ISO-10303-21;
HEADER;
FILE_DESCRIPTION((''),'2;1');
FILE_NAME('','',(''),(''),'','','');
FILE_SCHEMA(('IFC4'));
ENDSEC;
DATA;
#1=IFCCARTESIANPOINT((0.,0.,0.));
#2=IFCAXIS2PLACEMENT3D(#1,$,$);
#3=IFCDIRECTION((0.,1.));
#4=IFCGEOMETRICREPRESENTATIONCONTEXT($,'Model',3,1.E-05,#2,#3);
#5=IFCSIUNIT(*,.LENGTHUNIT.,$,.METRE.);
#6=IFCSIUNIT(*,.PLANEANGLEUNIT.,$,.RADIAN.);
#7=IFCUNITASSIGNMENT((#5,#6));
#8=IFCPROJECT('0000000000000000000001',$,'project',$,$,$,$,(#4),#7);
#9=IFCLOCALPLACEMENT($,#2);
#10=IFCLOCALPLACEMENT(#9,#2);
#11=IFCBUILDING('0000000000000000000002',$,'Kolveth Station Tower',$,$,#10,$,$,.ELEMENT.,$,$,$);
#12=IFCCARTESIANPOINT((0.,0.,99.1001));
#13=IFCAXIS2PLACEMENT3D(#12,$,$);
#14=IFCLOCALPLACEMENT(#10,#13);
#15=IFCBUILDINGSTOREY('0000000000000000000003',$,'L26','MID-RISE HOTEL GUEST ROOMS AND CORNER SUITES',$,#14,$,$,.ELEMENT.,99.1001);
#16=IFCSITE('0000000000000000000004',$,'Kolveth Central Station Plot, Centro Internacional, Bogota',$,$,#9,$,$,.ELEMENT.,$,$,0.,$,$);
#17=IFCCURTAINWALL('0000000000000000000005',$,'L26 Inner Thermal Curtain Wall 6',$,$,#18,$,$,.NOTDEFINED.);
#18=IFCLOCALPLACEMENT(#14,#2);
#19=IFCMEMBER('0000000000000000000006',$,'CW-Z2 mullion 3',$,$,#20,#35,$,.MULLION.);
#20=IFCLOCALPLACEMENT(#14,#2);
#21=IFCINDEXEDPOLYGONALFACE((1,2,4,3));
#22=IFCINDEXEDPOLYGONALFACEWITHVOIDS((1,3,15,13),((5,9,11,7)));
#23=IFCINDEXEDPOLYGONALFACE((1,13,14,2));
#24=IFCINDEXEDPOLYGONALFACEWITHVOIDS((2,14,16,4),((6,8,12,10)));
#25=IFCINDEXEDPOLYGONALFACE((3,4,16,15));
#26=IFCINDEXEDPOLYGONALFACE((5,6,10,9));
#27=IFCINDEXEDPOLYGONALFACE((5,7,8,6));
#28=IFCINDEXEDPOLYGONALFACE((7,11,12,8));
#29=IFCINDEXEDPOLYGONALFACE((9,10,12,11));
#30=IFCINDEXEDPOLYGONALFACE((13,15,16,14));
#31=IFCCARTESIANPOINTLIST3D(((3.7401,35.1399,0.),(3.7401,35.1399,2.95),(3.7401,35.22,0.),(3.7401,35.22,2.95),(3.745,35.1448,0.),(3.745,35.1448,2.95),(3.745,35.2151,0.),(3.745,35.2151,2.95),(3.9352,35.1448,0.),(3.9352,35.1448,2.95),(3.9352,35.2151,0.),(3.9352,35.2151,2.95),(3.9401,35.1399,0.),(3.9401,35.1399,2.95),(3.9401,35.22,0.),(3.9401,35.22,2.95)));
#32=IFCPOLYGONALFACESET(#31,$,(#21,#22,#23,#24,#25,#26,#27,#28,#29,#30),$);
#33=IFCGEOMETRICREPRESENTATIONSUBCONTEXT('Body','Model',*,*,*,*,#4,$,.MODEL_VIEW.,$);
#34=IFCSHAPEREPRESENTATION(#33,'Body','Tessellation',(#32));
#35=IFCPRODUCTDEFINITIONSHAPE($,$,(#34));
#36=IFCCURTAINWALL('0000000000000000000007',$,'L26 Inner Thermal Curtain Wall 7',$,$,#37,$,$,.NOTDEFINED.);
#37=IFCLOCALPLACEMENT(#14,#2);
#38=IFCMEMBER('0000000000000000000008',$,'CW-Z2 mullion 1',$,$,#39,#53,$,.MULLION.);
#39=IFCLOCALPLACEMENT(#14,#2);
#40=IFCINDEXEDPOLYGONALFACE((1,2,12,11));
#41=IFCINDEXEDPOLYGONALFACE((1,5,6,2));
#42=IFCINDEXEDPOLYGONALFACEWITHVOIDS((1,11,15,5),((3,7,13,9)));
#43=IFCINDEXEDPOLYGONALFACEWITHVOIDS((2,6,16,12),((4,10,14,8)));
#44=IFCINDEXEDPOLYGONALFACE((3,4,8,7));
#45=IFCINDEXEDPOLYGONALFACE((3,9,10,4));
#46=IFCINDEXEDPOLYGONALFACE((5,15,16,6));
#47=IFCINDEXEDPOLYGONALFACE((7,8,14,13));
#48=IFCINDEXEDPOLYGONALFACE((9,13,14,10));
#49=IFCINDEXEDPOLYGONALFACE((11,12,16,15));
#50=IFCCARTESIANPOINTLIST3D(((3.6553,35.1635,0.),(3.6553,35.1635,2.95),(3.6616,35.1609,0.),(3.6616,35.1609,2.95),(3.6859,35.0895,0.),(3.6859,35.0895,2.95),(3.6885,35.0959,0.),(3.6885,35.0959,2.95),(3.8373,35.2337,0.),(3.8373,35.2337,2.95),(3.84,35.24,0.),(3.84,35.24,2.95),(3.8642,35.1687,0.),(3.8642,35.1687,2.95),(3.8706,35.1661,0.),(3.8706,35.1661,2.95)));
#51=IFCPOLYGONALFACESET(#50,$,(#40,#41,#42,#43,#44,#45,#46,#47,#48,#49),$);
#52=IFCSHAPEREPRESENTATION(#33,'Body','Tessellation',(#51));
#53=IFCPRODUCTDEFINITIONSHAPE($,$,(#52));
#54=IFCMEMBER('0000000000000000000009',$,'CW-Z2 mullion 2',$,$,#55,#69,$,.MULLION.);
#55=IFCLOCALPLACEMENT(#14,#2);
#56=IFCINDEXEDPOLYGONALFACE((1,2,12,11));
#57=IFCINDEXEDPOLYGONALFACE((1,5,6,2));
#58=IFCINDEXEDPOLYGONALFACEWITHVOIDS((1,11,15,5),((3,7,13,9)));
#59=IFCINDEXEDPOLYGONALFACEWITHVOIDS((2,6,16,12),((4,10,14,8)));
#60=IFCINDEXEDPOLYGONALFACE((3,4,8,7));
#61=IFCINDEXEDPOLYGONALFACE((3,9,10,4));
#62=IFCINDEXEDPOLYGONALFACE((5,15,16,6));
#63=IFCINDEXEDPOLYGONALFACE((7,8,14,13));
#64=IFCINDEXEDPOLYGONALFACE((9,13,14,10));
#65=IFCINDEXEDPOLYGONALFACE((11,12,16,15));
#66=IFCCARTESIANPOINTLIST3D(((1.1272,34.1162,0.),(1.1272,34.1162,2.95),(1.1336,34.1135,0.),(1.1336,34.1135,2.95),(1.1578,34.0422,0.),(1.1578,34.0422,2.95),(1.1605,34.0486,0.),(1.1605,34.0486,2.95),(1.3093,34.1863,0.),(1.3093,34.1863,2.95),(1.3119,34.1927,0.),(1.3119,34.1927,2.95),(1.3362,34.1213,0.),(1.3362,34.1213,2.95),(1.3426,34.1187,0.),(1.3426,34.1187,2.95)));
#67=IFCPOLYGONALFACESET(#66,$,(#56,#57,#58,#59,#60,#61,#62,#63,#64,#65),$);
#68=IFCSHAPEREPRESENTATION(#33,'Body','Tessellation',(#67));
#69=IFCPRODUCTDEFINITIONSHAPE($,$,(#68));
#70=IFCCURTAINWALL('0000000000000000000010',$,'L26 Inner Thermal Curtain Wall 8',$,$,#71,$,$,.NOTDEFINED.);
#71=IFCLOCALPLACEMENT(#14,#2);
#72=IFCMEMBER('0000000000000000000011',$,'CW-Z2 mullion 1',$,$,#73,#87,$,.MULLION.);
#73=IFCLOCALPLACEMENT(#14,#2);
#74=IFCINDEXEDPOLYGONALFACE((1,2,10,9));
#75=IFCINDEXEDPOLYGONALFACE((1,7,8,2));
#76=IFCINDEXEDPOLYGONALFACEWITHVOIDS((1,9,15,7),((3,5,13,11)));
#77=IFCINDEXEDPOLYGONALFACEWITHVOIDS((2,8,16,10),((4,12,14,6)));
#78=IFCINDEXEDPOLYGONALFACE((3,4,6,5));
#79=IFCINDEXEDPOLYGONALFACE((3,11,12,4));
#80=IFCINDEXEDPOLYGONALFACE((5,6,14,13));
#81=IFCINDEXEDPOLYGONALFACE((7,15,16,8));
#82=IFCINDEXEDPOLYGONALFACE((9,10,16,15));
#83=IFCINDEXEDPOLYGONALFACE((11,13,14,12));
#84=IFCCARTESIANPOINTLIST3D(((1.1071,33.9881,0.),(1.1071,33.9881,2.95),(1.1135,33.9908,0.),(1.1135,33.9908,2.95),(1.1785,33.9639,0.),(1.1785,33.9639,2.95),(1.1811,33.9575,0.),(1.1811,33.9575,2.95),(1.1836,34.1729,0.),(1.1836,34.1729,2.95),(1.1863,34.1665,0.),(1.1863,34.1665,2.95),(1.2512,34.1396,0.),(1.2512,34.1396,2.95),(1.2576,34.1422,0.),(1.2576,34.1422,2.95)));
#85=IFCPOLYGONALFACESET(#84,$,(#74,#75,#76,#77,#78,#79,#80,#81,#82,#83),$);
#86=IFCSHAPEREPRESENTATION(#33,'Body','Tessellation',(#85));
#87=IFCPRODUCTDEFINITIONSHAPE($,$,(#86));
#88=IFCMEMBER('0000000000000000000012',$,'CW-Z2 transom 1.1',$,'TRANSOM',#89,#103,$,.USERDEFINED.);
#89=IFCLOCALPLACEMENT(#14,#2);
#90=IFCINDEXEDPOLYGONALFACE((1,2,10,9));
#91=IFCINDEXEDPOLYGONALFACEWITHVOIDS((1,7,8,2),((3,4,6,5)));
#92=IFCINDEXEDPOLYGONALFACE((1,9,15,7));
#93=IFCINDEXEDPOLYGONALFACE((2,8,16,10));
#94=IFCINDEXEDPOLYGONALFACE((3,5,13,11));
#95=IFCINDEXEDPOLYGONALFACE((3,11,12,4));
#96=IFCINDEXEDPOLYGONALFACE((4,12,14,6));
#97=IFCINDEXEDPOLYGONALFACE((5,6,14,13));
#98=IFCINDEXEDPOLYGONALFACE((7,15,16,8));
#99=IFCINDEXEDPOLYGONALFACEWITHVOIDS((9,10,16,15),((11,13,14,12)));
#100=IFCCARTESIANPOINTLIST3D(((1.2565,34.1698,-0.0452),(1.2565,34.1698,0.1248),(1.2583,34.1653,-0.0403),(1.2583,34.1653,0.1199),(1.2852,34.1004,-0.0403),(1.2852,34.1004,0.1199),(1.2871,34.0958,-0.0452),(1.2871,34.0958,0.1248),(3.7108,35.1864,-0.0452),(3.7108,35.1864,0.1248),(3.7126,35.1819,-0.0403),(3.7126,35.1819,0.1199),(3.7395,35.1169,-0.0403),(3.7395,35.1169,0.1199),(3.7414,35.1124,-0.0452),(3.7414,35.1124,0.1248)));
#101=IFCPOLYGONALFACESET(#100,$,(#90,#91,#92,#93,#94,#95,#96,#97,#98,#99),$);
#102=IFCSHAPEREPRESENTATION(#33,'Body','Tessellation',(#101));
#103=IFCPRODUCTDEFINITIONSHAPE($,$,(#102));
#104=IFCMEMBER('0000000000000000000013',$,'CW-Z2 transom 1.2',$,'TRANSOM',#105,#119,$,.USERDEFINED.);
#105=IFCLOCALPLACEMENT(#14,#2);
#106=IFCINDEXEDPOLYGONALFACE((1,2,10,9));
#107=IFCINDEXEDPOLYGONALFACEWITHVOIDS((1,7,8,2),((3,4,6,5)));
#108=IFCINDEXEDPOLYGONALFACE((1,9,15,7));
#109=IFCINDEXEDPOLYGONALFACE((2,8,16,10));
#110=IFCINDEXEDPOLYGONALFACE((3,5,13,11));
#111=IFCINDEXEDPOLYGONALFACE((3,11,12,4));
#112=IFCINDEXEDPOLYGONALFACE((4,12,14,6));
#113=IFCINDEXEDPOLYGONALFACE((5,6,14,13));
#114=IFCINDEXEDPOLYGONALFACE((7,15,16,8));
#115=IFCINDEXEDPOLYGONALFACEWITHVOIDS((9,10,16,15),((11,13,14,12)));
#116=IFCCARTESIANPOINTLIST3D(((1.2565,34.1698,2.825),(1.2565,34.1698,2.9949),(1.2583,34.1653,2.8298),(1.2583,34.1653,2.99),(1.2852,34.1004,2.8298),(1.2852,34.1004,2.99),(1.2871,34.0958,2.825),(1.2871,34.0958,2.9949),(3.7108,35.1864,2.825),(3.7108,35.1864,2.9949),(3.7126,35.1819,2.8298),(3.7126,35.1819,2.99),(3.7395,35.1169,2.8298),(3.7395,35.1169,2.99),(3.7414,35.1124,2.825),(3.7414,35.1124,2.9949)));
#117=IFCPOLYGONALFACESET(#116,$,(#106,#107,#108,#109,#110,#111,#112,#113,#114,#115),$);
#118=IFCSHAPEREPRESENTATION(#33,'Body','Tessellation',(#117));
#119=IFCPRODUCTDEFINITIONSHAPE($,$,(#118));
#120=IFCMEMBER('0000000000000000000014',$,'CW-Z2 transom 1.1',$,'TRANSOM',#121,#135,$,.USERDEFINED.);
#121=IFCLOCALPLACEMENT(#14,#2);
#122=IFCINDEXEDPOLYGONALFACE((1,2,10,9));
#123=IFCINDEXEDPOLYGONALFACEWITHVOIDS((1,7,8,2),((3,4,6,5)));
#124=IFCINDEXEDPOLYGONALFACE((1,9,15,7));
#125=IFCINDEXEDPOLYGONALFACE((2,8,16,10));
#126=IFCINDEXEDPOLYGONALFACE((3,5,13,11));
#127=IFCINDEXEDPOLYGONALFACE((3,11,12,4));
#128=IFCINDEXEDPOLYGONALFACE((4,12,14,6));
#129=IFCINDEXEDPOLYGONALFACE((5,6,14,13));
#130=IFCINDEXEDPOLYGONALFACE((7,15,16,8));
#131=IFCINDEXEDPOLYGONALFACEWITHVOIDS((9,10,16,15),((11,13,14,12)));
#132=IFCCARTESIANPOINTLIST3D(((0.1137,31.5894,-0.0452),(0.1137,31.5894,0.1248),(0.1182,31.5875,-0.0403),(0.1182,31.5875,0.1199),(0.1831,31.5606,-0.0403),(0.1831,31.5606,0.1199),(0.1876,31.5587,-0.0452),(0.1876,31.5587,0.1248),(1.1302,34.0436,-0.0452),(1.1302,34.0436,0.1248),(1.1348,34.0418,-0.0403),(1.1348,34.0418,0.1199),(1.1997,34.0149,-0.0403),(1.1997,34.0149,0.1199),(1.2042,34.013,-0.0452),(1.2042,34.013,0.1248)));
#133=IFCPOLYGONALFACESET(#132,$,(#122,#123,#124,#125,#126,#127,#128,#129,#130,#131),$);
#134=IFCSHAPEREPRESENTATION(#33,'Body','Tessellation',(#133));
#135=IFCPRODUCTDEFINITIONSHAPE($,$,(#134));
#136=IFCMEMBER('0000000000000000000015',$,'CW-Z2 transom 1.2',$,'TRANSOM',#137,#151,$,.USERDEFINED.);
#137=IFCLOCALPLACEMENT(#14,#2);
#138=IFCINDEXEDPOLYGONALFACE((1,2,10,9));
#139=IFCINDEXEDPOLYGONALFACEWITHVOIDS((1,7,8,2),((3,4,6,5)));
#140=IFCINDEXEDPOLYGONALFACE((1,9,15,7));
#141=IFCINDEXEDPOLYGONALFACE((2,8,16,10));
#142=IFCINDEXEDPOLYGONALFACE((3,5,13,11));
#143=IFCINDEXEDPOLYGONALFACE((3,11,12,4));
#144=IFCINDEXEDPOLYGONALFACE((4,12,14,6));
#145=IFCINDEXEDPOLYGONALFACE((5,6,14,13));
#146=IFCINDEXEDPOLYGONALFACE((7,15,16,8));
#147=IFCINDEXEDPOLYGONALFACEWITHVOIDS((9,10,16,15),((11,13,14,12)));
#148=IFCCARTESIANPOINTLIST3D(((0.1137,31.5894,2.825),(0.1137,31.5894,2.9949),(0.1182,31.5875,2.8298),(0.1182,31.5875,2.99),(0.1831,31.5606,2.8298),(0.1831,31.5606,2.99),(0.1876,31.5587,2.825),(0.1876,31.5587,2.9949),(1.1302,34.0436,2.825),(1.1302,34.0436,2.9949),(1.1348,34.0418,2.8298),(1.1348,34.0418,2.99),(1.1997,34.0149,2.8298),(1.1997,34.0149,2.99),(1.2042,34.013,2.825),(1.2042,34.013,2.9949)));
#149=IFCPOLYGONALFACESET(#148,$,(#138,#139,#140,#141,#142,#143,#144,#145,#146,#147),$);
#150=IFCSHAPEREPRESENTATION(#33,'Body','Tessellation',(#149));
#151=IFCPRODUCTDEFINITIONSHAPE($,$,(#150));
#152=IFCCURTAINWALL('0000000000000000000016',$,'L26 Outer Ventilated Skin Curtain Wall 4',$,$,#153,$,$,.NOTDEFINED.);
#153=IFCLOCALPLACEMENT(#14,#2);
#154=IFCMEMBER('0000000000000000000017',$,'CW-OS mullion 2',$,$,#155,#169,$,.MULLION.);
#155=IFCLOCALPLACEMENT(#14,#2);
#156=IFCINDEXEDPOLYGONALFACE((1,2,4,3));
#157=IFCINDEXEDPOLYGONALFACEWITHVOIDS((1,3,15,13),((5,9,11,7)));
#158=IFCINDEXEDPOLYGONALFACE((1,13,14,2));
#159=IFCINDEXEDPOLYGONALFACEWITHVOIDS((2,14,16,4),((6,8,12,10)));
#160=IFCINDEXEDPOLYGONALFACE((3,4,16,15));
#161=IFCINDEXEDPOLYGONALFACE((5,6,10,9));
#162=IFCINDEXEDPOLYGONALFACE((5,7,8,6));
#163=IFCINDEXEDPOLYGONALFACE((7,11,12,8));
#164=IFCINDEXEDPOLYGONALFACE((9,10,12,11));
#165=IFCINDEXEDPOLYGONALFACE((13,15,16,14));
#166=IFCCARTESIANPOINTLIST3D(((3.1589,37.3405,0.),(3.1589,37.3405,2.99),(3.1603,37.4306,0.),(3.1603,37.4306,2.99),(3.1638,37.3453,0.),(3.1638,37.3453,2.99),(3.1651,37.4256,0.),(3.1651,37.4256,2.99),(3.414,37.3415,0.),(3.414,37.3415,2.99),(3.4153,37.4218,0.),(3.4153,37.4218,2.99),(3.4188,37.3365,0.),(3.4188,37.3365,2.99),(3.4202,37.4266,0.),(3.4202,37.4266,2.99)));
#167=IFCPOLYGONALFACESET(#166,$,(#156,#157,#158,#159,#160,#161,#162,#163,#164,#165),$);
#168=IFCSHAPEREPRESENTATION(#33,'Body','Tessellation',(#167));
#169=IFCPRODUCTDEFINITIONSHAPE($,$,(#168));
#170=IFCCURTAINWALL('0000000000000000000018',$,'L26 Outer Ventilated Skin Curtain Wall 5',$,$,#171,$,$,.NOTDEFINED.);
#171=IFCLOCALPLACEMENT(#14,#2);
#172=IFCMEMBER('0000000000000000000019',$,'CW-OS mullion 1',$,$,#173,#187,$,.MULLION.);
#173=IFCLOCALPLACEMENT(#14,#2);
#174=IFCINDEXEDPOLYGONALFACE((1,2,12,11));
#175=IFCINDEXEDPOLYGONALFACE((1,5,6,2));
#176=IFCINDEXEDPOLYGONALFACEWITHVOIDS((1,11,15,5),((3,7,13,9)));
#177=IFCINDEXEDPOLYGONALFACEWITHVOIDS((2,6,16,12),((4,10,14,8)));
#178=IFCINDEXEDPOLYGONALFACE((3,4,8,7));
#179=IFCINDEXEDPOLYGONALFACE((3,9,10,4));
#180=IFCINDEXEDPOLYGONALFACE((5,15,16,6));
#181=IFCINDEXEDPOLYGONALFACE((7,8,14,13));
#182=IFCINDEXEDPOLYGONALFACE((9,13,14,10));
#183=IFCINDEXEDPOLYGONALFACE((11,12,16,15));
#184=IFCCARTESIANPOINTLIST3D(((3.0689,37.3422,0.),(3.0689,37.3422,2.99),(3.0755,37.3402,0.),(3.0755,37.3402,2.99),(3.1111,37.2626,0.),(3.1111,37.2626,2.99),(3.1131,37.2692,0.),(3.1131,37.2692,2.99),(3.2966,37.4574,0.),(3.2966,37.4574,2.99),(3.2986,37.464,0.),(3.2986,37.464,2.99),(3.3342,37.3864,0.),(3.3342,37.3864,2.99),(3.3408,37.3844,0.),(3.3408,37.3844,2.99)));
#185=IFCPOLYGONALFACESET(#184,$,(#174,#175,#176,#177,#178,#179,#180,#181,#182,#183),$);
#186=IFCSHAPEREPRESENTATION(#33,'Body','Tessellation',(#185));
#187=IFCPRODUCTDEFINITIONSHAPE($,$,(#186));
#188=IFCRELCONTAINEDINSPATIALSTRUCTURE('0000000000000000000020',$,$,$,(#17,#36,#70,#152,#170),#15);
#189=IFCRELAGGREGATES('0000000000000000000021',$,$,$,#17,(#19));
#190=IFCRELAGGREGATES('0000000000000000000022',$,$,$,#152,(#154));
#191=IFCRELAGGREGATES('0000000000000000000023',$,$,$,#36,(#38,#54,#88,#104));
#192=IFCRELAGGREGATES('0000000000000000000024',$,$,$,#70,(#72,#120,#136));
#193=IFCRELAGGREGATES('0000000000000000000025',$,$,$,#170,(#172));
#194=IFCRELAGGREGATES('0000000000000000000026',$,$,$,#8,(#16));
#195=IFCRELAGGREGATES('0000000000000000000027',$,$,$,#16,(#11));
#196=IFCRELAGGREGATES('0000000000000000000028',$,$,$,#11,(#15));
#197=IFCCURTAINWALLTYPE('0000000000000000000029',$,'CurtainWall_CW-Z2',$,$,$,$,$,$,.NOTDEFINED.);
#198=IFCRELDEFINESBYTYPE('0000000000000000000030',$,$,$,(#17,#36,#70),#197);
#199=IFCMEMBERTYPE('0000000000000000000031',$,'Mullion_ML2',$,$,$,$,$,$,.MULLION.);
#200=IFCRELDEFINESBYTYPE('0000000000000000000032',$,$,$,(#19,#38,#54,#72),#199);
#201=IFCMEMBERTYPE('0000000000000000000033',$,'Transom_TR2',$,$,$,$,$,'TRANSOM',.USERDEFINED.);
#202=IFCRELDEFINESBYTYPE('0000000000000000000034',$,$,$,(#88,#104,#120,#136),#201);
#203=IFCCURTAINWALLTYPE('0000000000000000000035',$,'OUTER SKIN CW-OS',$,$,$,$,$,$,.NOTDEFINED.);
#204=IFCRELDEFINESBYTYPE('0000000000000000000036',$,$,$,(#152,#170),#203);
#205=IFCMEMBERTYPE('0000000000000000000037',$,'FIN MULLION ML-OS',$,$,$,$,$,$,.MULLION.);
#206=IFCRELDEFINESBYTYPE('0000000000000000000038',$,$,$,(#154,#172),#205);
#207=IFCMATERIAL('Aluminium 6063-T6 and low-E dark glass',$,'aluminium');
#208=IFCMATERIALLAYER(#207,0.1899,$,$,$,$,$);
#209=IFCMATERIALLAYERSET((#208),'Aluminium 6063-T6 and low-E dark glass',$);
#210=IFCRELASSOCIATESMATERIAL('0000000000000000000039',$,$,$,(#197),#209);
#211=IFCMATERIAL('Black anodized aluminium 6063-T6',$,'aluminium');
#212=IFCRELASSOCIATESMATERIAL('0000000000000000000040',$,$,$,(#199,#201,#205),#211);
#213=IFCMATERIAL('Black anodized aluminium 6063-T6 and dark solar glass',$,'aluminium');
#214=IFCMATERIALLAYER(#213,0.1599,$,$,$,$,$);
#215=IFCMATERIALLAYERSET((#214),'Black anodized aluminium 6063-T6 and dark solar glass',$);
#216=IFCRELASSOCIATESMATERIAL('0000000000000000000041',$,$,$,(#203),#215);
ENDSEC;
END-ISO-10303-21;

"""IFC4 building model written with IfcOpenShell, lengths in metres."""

from ifc_helpers import new_model, si_unit, direction, frame, origin, origin_2d, place, context, subcontext, project, spatial, hollow_rectangle, extrude, source, transform, mapped, material, layer, layer_set, material_profile, profile_set, type_object, element, aggregate, save


model = new_model("IFC4")

# Units and contexts
model_context = context("Model", 3, precision=1e-05, world=origin(), true_north=direction((0.0, 1.0)))
body_context = subcontext(model_context, "Body", "Model", "MODEL_VIEW")
ifc_project = project(units=[si_unit("LENGTHUNIT", "METRE"), si_unit("PLANEANGLEUNIT", "RADIAN")], contexts=[model_context])

# Site, building, storey
site_placement = place(None, origin())
site = spatial("IfcSite", under=ifc_project, at=site_placement, Name="Kolveth Central Station Plot, Centro Internacional, Bogota", CompositionType="ELEMENT", RefElevation=0.0)
building_placement = place(site_placement, origin())
building = spatial("IfcBuilding", under=site, at=building_placement, Name="Kolveth Station Tower", CompositionType="ELEMENT")
storey_placement = place(building_placement, frame((0.0, 0.0, 99.1001)))
storey = spatial("IfcBuildingStorey", under=building, at=storey_placement, Name="L26", Description="MID-RISE HOTEL GUEST ROOMS AND CORNER SUITES", CompositionType="ELEMENT", Elevation=99.1001)

# Curtain wall, member
ifc_material_1 = material(Name="Aluminium 6063-T6 and low-E dark glass", Category="aluminium")
ifc_layer_1 = layer(ifc_material_1, 0.1899)
ifc_layer_set_1 = layer_set([ifc_layer_1], Name="Aluminium 6063-T6 and low-E dark glass")
curtain_wall_type_1 = type_object("IfcCurtainWallType", Name="CurtainWall_CW-Z2", PredefinedType="NOTDEFINED", material=ifc_layer_set_1)
curtain_wall_1_placement = place(storey_placement, origin())
curtain_wall_1 = element("IfcCurtainWall", 1, at=curtain_wall_1_placement, inside=storey, type_object=curtain_wall_type_1, Name="L26 Inner Thermal Curtain Wall 6", PredefinedType="NOTDEFINED")
ifc_material_2 = material(Name="Black anodized aluminium 6063-T6", Category="aluminium")
ifc_material_profile_1 = material_profile(ifc_material_2, hollow_rectangle(XDim=0.0801, YDim=0.2, WallThickness=0.0049, at=origin_2d()), Name="ALU-80x200x5")
ifc_profile_set_1 = profile_set([ifc_material_profile_1], Name="Black anodized aluminium 6063-T6")
member_type_1 = type_object("IfcMemberType", Name="Mullion_ML2", PredefinedType="MULLION", material=ifc_profile_set_1)
shared_shape_1 = source(origin(), body_context, "Body", "SweptSolid", [
    extrude(hollow_rectangle(XDim=0.0801, YDim=0.2, WallThickness=0.0049, at=origin_2d()), origin(), (0.0, 0.0, 1.0), 2.95),
])
member_1_placement = place(storey_placement, frame((3.8401, 35.1799, 0.0), z_axis=(0.0, 0.0, 1.0), x_axis=(0.0, -1.0, 0.0)))
member_1 = element("IfcMember", 2, at=member_1_placement, type_object=member_type_1, Name="CW-Z2 mullion 3", PredefinedType="MULLION", context=body_context, shape_type="MappedRepresentation", body=[
    mapped(shared_shape_1, transform((0.0, 0.0, 0.0), x_axis=(1.0, 0.0, 0.0), y_axis=(0.0, 1.0, 0.0), z_axis=(0.0, 0.0, 1.0), scale=1.0)),
])
aggregate(curtain_wall_1, [member_1])

# Curtain wall, members
curtain_wall_2_placement = place(storey_placement, origin())
curtain_wall_2 = element("IfcCurtainWall", 3, at=curtain_wall_2_placement, inside=storey, type_object=curtain_wall_type_1, Name="L26 Inner Thermal Curtain Wall 7", PredefinedType="NOTDEFINED")
member_2_placement = place(storey_placement, frame((3.7629, 35.1648, 0.0), z_axis=(0.0, 0.0, 1.0), x_axis=(0.382663, -0.923888, 0.0)))
member_2 = element("IfcMember", 4, at=member_2_placement, type_object=member_type_1, Name="CW-Z2 mullion 1", PredefinedType="MULLION", context=body_context, shape_type="MappedRepresentation", body=[
    mapped(shared_shape_1, transform((0.0, 0.0, 0.0), x_axis=(1.0, 0.0, 0.0), y_axis=(0.0, 1.0, 0.0), z_axis=(0.0, 0.0, 1.0), scale=1.0)),
])
member_3_placement = place(storey_placement, frame((1.2349, 34.1174, 0.0), z_axis=(0.0, 0.0, 1.0), x_axis=(0.382663, -0.923888, 0.0)))
member_3 = element("IfcMember", 5, at=member_3_placement, type_object=member_type_1, Name="CW-Z2 mullion 2", PredefinedType="MULLION", context=body_context, shape_type="MappedRepresentation", body=[
    mapped(shared_shape_1, transform((0.0, 0.0, 0.0), x_axis=(1.0, 0.0, 0.0), y_axis=(0.0, 1.0, 0.0), z_axis=(0.0, 0.0, 1.0), scale=1.0)),
])

# Curtain wall, member
curtain_wall_3_placement = place(storey_placement, origin())
curtain_wall_3 = element("IfcCurtainWall", 6, at=curtain_wall_3_placement, inside=storey, type_object=curtain_wall_type_1, Name="L26 Inner Thermal Curtain Wall 8", PredefinedType="NOTDEFINED")
member_4_placement = place(storey_placement, frame((1.1824, 34.0652, 0.0), z_axis=(0.0, 0.0, 1.0), x_axis=(0.923888, -0.382663, 0.0)))
member_4 = element("IfcMember", 7, at=member_4_placement, type_object=member_type_1, Name="CW-Z2 mullion 1", PredefinedType="MULLION", context=body_context, shape_type="MappedRepresentation", body=[
    mapped(shared_shape_1, transform((0.0, 0.0, 0.0), x_axis=(1.0, 0.0, 0.0), y_axis=(0.0, 1.0, 0.0), z_axis=(0.0, 0.0, 1.0), scale=1.0)),
])

# Members
ifc_material_profile_2 = material_profile(ifc_material_2, hollow_rectangle(XDim=0.0801, YDim=0.1699, WallThickness=0.0049, at=origin_2d()), Name="ALU-80x170x5")
ifc_profile_set_2 = profile_set([ifc_material_profile_2], Name="Black anodized aluminium 6063-T6")
member_type_2 = type_object("IfcMemberType", Name="Transom_TR2", ElementType="TRANSOM", PredefinedType="USERDEFINED", material=ifc_profile_set_2)
shared_shape_2 = source(origin(), body_context, "Body", "SweptSolid", [
    extrude(hollow_rectangle(XDim=0.0801, YDim=0.1699, WallThickness=0.0049, at=origin_2d()), origin(), (0.0, 0.0, 1.0), 2.6565),
])
member_5_placement = place(storey_placement, frame((3.7261, 35.1494, 0.0398), z_axis=(-0.923882, -0.382676, 0.0), x_axis=(0.382676, -0.923882, 0.0)))
member_5 = element("IfcMember", 8, at=member_5_placement, type_object=member_type_2, Name="CW-Z2 transom 1.1", ObjectType="TRANSOM", PredefinedType="USERDEFINED", context=body_context, shape_type="MappedRepresentation", body=[
    mapped(shared_shape_2, transform((0.0, 0.0, 0.0), x_axis=(1.0, 0.0, 0.0), y_axis=(0.0, 1.0, 0.0), z_axis=(0.0, 0.0, 1.0), scale=1.0)),
])
member_6_placement = place(storey_placement, frame((3.7261, 35.1494, 2.9099), z_axis=(-0.923882, -0.382676, 0.0), x_axis=(0.382676, -0.923882, 0.0)))
member_6 = element("IfcMember", 9, at=member_6_placement, type_object=member_type_2, Name="CW-Z2 transom 1.2", ObjectType="TRANSOM", PredefinedType="USERDEFINED", context=body_context, shape_type="MappedRepresentation", body=[
    mapped(shared_shape_2, transform((0.0, 0.0, 0.0), x_axis=(1.0, 0.0, 0.0), y_axis=(0.0, 1.0, 0.0), z_axis=(0.0, 0.0, 1.0), scale=1.0)),
])
member_7_placement = place(storey_placement, frame((1.1672, 34.0283, 0.0398), z_axis=(-0.382676, -0.923882, 0.0), x_axis=(0.923882, -0.382676, 0.0)))
member_7 = element("IfcMember", 10, at=member_7_placement, type_object=member_type_2, Name="CW-Z2 transom 1.1", ObjectType="TRANSOM", PredefinedType="USERDEFINED", context=body_context, shape_type="MappedRepresentation", body=[
    mapped(shared_shape_2, transform((0.0, 0.0, 0.0), x_axis=(1.0, 0.0, 0.0), y_axis=(0.0, 1.0, 0.0), z_axis=(0.0, 0.0, 1.0), scale=1.0)),
])
member_8_placement = place(storey_placement, frame((1.1672, 34.0283, 2.9099), z_axis=(-0.382676, -0.923882, 0.0), x_axis=(0.923882, -0.382676, 0.0)))
member_8 = element("IfcMember", 11, at=member_8_placement, type_object=member_type_2, Name="CW-Z2 transom 1.2", ObjectType="TRANSOM", PredefinedType="USERDEFINED", context=body_context, shape_type="MappedRepresentation", body=[
    mapped(shared_shape_2, transform((0.0, 0.0, 0.0), x_axis=(1.0, 0.0, 0.0), y_axis=(0.0, 1.0, 0.0), z_axis=(0.0, 0.0, 1.0), scale=1.0)),
])

# Curtain wall, member
ifc_material_3 = material(Name="Black anodized aluminium 6063-T6 and dark solar glass", Category="aluminium")
ifc_layer_2 = layer(ifc_material_3, 0.1599)
ifc_layer_set_2 = layer_set([ifc_layer_2], Name="Black anodized aluminium 6063-T6 and dark solar glass")
curtain_wall_type_2 = type_object("IfcCurtainWallType", Name="OUTER SKIN CW-OS", PredefinedType="NOTDEFINED", material=ifc_layer_set_2)
curtain_wall_4_placement = place(storey_placement, origin())
curtain_wall_4 = element("IfcCurtainWall", 12, at=curtain_wall_4_placement, inside=storey, type_object=curtain_wall_type_2, Name="L26 Outer Ventilated Skin Curtain Wall 4", PredefinedType="NOTDEFINED")
ifc_material_profile_3 = material_profile(ifc_material_2, hollow_rectangle(XDim=0.0901, YDim=0.26, WallThickness=0.0049, at=origin_2d()), Name="ALU-90x260x5")
ifc_profile_set_3 = profile_set([ifc_material_profile_3], Name="Black anodized aluminium 6063-T6")
member_type_3 = type_object("IfcMemberType", Name="FIN MULLION ML-OS", PredefinedType="MULLION", material=ifc_profile_set_3)
shared_shape_3 = source(origin(), body_context, "Body", "SweptSolid", [
    extrude(hollow_rectangle(XDim=0.0901, YDim=0.26, WallThickness=0.0049, at=origin_2d()), origin(), (0.0, 0.0, 1.0), 2.99),
])
member_9_placement = place(storey_placement, frame((3.2896, 37.3835, 0.0), z_axis=(0.0, 0.0, 1.0), x_axis=(-0.015436, -0.999881, 0.0)))
member_9 = element("IfcMember", 13, at=member_9_placement, type_object=member_type_3, Name="CW-OS mullion 2", PredefinedType="MULLION", context=body_context, shape_type="MappedRepresentation", body=[
    mapped(shared_shape_3, transform((0.0, 0.0, 0.0), x_axis=(1.0, 0.0, 0.0), y_axis=(0.0, 1.0, 0.0), z_axis=(0.0, 0.0, 1.0), scale=1.0)),
])
aggregate(curtain_wall_4, [member_9])

# Curtain wall, member
curtain_wall_5_placement = place(storey_placement, origin())
curtain_wall_5 = element("IfcCurtainWall", 14, at=curtain_wall_5_placement, inside=storey, type_object=curtain_wall_type_2, Name="L26 Outer Ventilated Skin Curtain Wall 5", PredefinedType="NOTDEFINED")
member_10_placement = place(storey_placement, frame((3.2048, 37.3633, 0.0), z_axis=(0.0, 0.0, 1.0), x_axis=(0.468382, -0.883526, 0.0)))
member_10 = element("IfcMember", 15, at=member_10_placement, type_object=member_type_3, Name="CW-OS mullion 1", PredefinedType="MULLION", context=body_context, shape_type="MappedRepresentation", body=[
    mapped(shared_shape_3, transform((0.0, 0.0, 0.0), x_axis=(1.0, 0.0, 0.0), y_axis=(0.0, 1.0, 0.0), z_axis=(0.0, 0.0, 1.0), scale=1.0)),
])

aggregate(curtain_wall_2, [member_2, member_3, member_5, member_6])
aggregate(curtain_wall_3, [member_4, member_7, member_8])
aggregate(curtain_wall_5, [member_10])

save(model, "model.ifc")
